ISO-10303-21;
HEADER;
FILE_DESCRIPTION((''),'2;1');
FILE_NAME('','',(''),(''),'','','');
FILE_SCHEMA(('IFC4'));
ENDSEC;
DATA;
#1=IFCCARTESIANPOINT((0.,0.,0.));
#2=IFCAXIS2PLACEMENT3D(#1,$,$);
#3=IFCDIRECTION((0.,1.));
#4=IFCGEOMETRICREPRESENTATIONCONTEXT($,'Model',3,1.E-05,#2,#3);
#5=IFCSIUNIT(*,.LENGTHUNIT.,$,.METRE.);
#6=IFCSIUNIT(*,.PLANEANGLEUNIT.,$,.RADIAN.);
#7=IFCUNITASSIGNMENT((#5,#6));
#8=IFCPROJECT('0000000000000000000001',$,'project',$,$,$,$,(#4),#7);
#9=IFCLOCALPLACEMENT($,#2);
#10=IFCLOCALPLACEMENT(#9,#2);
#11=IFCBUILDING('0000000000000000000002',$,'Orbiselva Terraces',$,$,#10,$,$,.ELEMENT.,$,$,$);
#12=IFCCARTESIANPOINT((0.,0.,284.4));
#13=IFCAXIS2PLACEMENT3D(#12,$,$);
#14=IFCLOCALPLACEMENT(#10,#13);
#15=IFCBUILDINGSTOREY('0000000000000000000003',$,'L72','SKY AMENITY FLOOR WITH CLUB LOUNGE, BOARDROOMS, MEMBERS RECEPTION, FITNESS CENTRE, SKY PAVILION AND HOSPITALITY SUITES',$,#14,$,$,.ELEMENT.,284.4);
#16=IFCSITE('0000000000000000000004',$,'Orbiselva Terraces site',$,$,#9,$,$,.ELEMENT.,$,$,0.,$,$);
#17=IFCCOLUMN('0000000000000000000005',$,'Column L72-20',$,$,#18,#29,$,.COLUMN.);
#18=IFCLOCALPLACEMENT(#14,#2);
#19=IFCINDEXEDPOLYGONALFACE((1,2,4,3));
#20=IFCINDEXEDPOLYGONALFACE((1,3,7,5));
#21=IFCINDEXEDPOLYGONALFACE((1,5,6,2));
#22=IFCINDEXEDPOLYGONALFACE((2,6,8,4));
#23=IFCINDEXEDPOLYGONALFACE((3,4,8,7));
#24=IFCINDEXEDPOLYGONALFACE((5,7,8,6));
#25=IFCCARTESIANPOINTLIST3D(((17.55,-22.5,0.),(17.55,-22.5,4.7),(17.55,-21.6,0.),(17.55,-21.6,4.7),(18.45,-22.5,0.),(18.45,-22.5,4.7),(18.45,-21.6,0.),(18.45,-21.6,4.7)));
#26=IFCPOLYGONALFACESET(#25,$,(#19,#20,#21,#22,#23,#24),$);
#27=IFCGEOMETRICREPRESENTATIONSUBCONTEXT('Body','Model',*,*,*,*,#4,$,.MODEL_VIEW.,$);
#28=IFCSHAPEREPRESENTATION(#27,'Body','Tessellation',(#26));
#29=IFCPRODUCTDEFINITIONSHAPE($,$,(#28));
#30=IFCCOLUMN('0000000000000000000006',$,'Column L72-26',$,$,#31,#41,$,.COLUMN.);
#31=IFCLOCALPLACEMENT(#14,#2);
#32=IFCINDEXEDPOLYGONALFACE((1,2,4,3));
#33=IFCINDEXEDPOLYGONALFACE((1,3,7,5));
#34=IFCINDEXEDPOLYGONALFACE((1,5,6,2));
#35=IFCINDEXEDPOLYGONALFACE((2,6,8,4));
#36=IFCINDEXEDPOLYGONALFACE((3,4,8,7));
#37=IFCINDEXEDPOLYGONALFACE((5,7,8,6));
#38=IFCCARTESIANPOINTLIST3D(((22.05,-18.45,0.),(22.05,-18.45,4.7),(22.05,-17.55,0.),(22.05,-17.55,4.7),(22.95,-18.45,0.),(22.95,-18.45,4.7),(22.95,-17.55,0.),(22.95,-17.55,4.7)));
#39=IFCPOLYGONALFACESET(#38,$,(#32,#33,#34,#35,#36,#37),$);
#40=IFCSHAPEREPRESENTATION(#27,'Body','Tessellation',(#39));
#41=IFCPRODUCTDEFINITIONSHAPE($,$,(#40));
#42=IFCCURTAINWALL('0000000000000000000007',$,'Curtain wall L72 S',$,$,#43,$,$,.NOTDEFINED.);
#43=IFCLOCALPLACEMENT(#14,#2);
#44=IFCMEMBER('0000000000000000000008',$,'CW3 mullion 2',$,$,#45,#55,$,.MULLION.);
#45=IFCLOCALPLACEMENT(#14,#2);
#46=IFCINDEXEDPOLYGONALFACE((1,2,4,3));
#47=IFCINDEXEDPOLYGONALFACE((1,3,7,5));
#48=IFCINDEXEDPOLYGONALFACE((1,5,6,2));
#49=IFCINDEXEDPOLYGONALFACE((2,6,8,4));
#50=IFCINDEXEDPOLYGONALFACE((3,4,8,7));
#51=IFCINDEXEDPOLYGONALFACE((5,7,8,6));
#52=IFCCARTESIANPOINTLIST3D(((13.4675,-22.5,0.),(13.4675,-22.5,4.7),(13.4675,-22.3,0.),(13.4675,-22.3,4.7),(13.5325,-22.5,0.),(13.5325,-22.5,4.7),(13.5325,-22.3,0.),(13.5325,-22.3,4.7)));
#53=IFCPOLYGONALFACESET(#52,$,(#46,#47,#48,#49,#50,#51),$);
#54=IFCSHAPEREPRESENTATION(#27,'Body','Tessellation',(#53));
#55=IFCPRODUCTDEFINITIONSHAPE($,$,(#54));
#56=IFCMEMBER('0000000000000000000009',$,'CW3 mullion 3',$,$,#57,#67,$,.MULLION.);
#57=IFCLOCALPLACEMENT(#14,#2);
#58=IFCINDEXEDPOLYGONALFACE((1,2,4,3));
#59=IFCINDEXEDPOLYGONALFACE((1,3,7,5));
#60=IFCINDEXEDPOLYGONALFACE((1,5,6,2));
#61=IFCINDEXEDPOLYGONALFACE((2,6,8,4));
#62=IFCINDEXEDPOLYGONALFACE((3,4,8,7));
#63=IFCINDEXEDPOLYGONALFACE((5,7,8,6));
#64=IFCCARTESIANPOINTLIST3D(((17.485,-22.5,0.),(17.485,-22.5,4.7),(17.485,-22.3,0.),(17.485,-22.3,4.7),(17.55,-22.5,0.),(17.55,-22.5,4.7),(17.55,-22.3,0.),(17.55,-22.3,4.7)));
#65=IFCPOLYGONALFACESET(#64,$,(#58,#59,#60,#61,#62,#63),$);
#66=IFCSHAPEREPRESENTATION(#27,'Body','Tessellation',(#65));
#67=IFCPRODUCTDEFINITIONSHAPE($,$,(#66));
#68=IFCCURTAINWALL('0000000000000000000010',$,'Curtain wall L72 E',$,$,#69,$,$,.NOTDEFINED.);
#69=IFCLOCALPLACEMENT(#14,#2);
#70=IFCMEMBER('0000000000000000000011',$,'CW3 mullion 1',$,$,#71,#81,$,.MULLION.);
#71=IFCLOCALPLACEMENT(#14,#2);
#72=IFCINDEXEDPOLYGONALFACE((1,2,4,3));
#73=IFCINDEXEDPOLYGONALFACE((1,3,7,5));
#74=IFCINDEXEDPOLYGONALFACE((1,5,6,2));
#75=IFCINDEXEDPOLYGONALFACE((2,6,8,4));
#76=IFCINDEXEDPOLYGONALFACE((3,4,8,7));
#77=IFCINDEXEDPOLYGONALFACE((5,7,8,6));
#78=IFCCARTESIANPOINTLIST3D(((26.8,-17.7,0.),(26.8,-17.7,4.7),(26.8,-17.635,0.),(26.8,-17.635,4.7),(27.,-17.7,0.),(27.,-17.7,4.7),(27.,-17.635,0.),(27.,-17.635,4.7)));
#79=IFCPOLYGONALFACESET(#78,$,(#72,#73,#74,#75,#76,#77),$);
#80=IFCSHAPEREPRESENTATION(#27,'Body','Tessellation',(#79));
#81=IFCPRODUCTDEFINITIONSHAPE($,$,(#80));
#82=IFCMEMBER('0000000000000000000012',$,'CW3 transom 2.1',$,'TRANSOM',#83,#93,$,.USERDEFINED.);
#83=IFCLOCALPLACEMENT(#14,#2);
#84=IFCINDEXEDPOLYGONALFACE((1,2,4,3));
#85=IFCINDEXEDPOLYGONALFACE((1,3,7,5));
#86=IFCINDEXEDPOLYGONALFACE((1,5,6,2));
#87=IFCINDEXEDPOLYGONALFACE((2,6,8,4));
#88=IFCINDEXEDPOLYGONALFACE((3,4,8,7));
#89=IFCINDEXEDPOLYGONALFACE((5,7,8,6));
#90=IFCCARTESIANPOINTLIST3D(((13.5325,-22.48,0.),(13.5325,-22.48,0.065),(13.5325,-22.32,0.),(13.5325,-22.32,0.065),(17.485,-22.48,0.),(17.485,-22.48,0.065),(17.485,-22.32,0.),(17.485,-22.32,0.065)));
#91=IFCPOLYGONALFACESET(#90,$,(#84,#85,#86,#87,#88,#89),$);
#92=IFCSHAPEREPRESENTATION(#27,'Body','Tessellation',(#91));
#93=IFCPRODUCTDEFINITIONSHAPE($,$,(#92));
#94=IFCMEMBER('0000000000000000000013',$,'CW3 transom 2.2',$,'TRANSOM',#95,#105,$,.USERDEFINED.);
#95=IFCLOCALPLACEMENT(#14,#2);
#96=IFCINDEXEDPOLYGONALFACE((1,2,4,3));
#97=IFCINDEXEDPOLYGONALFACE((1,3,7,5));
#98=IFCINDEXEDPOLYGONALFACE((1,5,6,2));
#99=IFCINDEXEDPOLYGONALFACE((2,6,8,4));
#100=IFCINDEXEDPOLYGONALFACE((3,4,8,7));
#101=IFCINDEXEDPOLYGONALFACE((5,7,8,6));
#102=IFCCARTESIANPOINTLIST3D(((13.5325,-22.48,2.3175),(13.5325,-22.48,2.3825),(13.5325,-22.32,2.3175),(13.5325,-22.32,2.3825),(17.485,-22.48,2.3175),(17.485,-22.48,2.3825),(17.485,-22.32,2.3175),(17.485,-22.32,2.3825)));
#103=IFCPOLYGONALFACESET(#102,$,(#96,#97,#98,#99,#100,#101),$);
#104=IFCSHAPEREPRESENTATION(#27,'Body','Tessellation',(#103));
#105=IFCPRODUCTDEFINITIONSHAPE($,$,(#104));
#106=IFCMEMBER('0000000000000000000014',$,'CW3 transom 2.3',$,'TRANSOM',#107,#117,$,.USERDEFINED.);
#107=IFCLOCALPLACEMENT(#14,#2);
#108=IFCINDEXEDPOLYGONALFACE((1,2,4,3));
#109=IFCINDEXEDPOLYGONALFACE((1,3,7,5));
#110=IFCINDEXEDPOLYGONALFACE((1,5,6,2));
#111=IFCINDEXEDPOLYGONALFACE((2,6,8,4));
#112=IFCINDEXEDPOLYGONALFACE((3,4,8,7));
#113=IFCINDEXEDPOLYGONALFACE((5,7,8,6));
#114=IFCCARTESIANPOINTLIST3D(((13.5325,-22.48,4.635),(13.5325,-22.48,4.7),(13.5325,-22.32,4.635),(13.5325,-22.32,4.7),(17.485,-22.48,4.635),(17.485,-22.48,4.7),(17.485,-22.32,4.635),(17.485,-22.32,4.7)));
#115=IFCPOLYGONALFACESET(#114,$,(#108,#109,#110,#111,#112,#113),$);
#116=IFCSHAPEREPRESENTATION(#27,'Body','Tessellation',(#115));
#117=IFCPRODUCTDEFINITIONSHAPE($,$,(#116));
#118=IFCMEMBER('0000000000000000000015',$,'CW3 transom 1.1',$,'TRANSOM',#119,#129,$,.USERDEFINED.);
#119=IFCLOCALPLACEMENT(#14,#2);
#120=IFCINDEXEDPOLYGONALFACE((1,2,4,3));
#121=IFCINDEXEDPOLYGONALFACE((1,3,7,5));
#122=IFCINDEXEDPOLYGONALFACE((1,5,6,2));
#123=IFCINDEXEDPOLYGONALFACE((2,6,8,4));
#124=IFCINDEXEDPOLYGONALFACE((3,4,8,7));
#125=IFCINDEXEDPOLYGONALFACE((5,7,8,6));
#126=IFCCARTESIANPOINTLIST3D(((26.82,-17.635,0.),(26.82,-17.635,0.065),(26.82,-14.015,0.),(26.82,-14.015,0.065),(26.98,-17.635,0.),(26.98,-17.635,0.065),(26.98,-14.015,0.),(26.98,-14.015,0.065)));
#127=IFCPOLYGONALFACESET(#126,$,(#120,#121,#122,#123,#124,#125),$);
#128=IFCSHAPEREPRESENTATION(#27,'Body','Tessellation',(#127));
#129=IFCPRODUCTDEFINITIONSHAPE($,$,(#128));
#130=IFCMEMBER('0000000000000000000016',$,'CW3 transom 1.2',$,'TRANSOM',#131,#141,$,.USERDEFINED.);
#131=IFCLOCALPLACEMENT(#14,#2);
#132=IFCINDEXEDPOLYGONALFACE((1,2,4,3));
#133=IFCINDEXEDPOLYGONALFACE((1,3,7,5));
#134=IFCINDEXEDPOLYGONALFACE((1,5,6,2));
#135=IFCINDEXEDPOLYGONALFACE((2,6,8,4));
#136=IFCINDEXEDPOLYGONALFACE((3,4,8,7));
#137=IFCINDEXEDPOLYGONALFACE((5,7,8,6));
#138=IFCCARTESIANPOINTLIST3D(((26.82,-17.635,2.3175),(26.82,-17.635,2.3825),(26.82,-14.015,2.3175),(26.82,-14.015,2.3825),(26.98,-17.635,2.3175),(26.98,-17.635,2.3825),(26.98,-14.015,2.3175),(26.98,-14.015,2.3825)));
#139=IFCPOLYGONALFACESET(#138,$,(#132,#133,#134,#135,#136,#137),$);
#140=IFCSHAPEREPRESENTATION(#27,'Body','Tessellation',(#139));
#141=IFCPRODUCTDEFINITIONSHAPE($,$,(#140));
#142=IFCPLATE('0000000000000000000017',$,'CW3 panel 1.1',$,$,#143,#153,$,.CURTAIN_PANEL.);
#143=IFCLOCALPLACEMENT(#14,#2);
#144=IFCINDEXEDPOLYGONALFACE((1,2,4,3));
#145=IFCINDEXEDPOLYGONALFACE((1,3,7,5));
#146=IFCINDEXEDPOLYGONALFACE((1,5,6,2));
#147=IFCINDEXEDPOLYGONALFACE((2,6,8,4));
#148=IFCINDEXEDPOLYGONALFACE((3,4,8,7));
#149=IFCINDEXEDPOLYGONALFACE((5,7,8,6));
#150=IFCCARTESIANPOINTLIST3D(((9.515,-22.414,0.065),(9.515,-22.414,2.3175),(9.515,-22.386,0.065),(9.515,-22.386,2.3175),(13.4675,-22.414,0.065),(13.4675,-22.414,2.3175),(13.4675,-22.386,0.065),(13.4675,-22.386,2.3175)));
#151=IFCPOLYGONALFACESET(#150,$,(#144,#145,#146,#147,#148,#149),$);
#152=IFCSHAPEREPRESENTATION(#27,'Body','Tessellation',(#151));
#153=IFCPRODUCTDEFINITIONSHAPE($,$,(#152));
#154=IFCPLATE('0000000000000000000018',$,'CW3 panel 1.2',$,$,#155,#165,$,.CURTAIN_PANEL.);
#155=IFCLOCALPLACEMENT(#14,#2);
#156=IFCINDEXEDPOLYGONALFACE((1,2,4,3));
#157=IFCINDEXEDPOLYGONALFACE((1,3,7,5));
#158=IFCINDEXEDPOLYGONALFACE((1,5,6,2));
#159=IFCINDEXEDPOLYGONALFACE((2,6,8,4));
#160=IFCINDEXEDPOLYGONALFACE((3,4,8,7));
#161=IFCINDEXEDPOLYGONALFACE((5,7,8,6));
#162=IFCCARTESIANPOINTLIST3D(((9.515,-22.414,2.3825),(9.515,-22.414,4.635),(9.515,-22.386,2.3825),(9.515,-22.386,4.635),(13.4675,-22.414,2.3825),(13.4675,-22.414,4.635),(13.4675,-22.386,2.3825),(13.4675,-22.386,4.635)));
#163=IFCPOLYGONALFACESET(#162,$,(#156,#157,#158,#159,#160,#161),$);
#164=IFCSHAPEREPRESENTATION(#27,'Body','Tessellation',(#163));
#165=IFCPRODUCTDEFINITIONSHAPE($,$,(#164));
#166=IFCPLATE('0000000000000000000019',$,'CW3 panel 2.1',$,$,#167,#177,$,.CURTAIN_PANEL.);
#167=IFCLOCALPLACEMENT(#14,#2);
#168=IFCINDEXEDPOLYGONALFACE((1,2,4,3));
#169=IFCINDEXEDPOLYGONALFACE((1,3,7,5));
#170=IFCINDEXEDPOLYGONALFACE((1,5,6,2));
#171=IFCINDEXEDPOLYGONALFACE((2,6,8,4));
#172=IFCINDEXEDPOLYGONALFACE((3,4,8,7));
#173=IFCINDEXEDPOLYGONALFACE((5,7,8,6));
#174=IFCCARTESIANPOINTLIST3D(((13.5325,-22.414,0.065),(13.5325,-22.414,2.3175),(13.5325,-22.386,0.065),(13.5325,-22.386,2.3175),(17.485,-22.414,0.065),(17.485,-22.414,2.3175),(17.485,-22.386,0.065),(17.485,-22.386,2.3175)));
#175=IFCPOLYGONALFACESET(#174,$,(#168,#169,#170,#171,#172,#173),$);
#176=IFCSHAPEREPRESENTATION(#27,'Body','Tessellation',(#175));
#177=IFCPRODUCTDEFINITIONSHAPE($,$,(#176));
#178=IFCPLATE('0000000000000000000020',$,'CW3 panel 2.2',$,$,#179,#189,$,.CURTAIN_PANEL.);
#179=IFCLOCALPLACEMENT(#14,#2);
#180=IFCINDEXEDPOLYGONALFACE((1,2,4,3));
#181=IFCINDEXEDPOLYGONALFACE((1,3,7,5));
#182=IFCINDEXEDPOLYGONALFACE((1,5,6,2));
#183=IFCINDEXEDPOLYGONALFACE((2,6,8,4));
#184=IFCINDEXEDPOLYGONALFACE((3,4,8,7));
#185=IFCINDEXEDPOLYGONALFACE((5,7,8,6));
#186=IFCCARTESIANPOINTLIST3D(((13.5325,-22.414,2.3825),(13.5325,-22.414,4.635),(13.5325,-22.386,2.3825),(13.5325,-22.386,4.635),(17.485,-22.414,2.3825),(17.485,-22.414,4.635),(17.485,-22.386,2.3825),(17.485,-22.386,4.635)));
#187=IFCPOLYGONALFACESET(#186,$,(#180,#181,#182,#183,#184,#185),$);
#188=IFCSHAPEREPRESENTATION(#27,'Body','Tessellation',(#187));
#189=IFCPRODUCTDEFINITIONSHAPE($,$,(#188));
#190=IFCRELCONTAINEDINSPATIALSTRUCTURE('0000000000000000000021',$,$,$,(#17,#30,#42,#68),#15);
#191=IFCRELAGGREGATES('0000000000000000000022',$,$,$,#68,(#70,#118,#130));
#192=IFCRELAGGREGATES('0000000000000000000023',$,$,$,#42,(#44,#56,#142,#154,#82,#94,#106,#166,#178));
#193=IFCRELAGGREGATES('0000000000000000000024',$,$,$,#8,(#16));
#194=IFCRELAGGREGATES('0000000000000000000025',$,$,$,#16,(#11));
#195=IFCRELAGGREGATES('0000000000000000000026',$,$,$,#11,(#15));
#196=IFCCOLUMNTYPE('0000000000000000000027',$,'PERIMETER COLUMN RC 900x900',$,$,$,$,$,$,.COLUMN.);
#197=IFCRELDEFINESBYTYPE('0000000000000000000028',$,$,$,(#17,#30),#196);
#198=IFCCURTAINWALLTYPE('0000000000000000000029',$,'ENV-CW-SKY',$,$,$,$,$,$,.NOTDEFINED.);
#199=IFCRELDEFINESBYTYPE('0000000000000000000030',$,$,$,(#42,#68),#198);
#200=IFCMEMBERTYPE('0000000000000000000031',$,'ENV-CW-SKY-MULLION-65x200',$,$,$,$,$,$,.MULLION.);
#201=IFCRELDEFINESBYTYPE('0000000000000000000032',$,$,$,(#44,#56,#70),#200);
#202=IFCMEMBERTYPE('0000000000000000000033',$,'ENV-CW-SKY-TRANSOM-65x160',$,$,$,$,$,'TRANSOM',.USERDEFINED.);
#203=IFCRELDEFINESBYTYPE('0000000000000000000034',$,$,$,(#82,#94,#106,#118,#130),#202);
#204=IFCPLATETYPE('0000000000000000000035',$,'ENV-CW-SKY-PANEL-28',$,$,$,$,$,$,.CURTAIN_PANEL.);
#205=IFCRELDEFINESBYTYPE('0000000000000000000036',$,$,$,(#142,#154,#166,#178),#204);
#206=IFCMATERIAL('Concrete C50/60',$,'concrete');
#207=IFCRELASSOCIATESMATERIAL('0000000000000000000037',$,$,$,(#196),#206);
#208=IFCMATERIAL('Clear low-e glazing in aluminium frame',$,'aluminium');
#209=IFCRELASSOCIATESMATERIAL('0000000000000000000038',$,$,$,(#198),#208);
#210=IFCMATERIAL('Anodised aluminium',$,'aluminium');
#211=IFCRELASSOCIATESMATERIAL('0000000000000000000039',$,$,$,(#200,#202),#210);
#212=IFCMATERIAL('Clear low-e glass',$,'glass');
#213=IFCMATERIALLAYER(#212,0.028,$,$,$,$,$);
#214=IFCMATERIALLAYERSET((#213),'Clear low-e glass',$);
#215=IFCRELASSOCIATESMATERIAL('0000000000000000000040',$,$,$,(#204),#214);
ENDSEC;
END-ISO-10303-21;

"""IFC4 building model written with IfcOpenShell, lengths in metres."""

from ifc_helpers import new_model, si_unit, direction, frame, origin, origin_2d, place, context, subcontext, project, spatial, rectangle, extrude, material, layer, layer_set, material_profile, profile_set, type_object, element, aggregate, save


model = new_model("IFC4")

# Units and contexts
model_context = context("Model", 3, precision=1e-05, world=origin(), true_north=direction((0.0, 1.0)))
body_context = subcontext(model_context, "Body", "Model", "MODEL_VIEW")
ifc_project = project(units=[si_unit("LENGTHUNIT", "METRE"), si_unit("PLANEANGLEUNIT", "RADIAN")], contexts=[model_context])

# Site, building, storey
site_placement = place(None, origin())
site = spatial("IfcSite", under=ifc_project, at=site_placement, Name="Orbiselva Terraces site", CompositionType="ELEMENT", RefElevation=0.0)
building_placement = place(site_placement, origin())
building = spatial("IfcBuilding", under=site, at=building_placement, Name="Orbiselva Terraces", CompositionType="ELEMENT")
storey_placement = place(building_placement, frame((0.0, 0.0, 284.4)))
storey = spatial("IfcBuildingStorey", under=building, at=storey_placement, Name="L72", Description="SKY AMENITY FLOOR WITH CLUB LOUNGE, BOARDROOMS, MEMBERS RECEPTION, FITNESS CENTRE, SKY PAVILION AND HOSPITALITY SUITES", CompositionType="ELEMENT", Elevation=284.4)

# Columns
ifc_material_1 = material(Name="Concrete C50/60", Category="concrete")
ifc_material_profile_1 = material_profile(ifc_material_1, rectangle(XDim=0.9, YDim=0.9, at=origin_2d()), Name="RC 900x900")
ifc_profile_set_1 = profile_set([ifc_material_profile_1], Name="Concrete C50/60")
column_type = type_object("IfcColumnType", Name="PERIMETER COLUMN RC 900x900", PredefinedType="COLUMN", material=ifc_profile_set_1)
for number, where, z_axis, x_axis, name in (
    (1, (18.0, -22.05, 0.0), (0.0, 0.0, 1.0), (1.0, 0.0, 0.0), "Column L72-20"),
    (2, (22.5, -18.0, 0.0), (0.0, 0.0, 1.0), (1.0, 0.0, 0.0), "Column L72-26"),
):
    element("IfcColumn", number, at=place(storey_placement, frame(where, z_axis=z_axis, x_axis=x_axis)), inside=storey, type_object=column_type, Name=name, PredefinedType="COLUMN", context=body_context, shape_type="SweptSolid", body=[
        extrude(rectangle(XDim=0.9, YDim=0.9, at=origin_2d()), origin(), (0.0, 0.0, 1.0), 4.7),
    ])

# Curtain wall, members
ifc_material_2 = material(Name="Clear low-e glazing in aluminium frame", Category="aluminium")
curtain_wall_type = type_object("IfcCurtainWallType", Name="ENV-CW-SKY", PredefinedType="NOTDEFINED", material=ifc_material_2)
curtain_wall_1_placement = place(storey_placement, origin())
curtain_wall_1 = element("IfcCurtainWall", 3, at=curtain_wall_1_placement, inside=storey, type_object=curtain_wall_type, Name="Curtain wall L72 S", PredefinedType="NOTDEFINED")
ifc_material_3 = material(Name="Anodised aluminium", Category="aluminium")
ifc_material_profile_2 = material_profile(ifc_material_3, rectangle(XDim=0.2, YDim=0.065, at=origin_2d()), Name="AL 65x200")
ifc_profile_set_2 = profile_set([ifc_material_profile_2], Name="Anodised aluminium")
member_type_1 = type_object("IfcMemberType", Name="ENV-CW-SKY-MULLION-65x200", PredefinedType="MULLION", material=ifc_profile_set_2)
member_1_placement = place(storey_placement, frame((13.5, -22.4, 0.0), z_axis=(0.0, 0.0, 1.0), x_axis=(0.0, 1.0, 0.0)))
member_1 = element("IfcMember", 4, at=member_1_placement, type_object=member_type_1, Name="CW3 mullion 2", PredefinedType="MULLION", context=body_context, shape_type="SweptSolid", body=[
    extrude(rectangle(XDim=0.2, YDim=0.065, at=origin_2d()), origin(), (0.0, 0.0, 1.0), 4.7),
])
member_2_placement = place(storey_placement, frame((17.5175, -22.4, 0.0), z_axis=(0.0, 0.0, 1.0), x_axis=(0.0, 1.0, 0.0)))
member_2 = element("IfcMember", 5, at=member_2_placement, type_object=member_type_1, Name="CW3 mullion 3", PredefinedType="MULLION", context=body_context, shape_type="SweptSolid", body=[
    extrude(rectangle(XDim=0.2, YDim=0.065, at=origin_2d()), origin(), (0.0, 0.0, 1.0), 4.7),
])

# Curtain wall, member
curtain_wall_2_placement = place(storey_placement, origin())
curtain_wall_2 = element("IfcCurtainWall", 6, at=curtain_wall_2_placement, inside=storey, type_object=curtain_wall_type, Name="Curtain wall L72 E", PredefinedType="NOTDEFINED")
member_3_placement = place(storey_placement, frame((26.9, -17.6675, 0.0), z_axis=(0.0, 0.0, 1.0), x_axis=(-1.0, 0.0, 0.0)))
member_3 = element("IfcMember", 7, at=member_3_placement, type_object=member_type_1, Name="CW3 mullion 1", PredefinedType="MULLION", context=body_context, shape_type="SweptSolid", body=[
    extrude(rectangle(XDim=0.2, YDim=0.065, at=origin_2d()), origin(), (0.0, 0.0, 1.0), 4.7),
])

# Members
ifc_material_profile_3 = material_profile(ifc_material_3, rectangle(XDim=0.16, YDim=0.065, at=origin_2d()), Name="AL 65x160")
ifc_profile_set_3 = profile_set([ifc_material_profile_3], Name="Anodised aluminium")
member_type_2 = type_object("IfcMemberType", Name="ENV-CW-SKY-TRANSOM-65x160", ElementType="TRANSOM", PredefinedType="USERDEFINED", material=ifc_profile_set_3)
member_4_placement = place(storey_placement, frame((13.5325, -22.4, 0.0325), z_axis=(1.0, 0.0, 0.0), x_axis=(0.0, 1.0, 0.0)))
member_4 = element("IfcMember", 8, at=member_4_placement, type_object=member_type_2, Name="CW3 transom 2.1", ObjectType="TRANSOM", PredefinedType="USERDEFINED", context=body_context, shape_type="SweptSolid", body=[
    extrude(rectangle(XDim=0.16, YDim=0.065, at=origin_2d()), origin(), (0.0, 0.0, 1.0), 3.9525),
])
member_5_placement = place(storey_placement, frame((13.5325, -22.4, 2.35), z_axis=(1.0, 0.0, 0.0), x_axis=(0.0, 1.0, 0.0)))
member_5 = element("IfcMember", 9, at=member_5_placement, type_object=member_type_2, Name="CW3 transom 2.2", ObjectType="TRANSOM", PredefinedType="USERDEFINED", context=body_context, shape_type="SweptSolid", body=[
    extrude(rectangle(XDim=0.16, YDim=0.065, at=origin_2d()), origin(), (0.0, 0.0, 1.0), 3.9525),
])
member_6_placement = place(storey_placement, frame((13.5325, -22.4, 4.6675), z_axis=(1.0, 0.0, 0.0), x_axis=(0.0, 1.0, 0.0)))
member_6 = element("IfcMember", 10, at=member_6_placement, type_object=member_type_2, Name="CW3 transom 2.3", ObjectType="TRANSOM", PredefinedType="USERDEFINED", context=body_context, shape_type="SweptSolid", body=[
    extrude(rectangle(XDim=0.16, YDim=0.065, at=origin_2d()), origin(), (0.0, 0.0, 1.0), 3.9525),
])
member_7_placement = place(storey_placement, frame((26.9, -17.635, 0.0325), z_axis=(0.0, 1.0, 0.0), x_axis=(-1.0, 0.0, 0.0)))
member_7 = element("IfcMember", 11, at=member_7_placement, type_object=member_type_2, Name="CW3 transom 1.1", ObjectType="TRANSOM", PredefinedType="USERDEFINED", context=body_context, shape_type="SweptSolid", body=[
    extrude(rectangle(XDim=0.16, YDim=0.065, at=origin_2d()), origin(), (0.0, 0.0, 1.0), 3.62),
])
member_8_placement = place(storey_placement, frame((26.9, -17.635, 2.35), z_axis=(0.0, 1.0, 0.0), x_axis=(-1.0, 0.0, 0.0)))
member_8 = element("IfcMember", 12, at=member_8_placement, type_object=member_type_2, Name="CW3 transom 1.2", ObjectType="TRANSOM", PredefinedType="USERDEFINED", context=body_context, shape_type="SweptSolid", body=[
    extrude(rectangle(XDim=0.16, YDim=0.065, at=origin_2d()), origin(), (0.0, 0.0, 1.0), 3.62),
])
aggregate(curtain_wall_2, [member_3, member_7, member_8])

# Plates
ifc_material_4 = material(Name="Clear low-e glass", Category="glass")
ifc_layer_1 = layer(ifc_material_4, 0.028)
ifc_layer_set_1 = layer_set([ifc_layer_1], Name="Clear low-e glass")
plate_type = type_object("IfcPlateType", Name="ENV-CW-SKY-PANEL-28", PredefinedType="CURTAIN_PANEL", material=ifc_layer_set_1)
plate_1_placement = place(storey_placement, frame((11.4913, -22.4, 0.065), z_axis=(0.0, 0.0, 1.0), x_axis=(1.0, 0.0, 0.0)))
plate_1 = element("IfcPlate", 13, at=plate_1_placement, type_object=plate_type, Name="CW3 panel 1.1", PredefinedType="CURTAIN_PANEL", context=body_context, shape_type="SweptSolid", body=[
    extrude(rectangle(XDim=3.9525, YDim=0.028, at=origin_2d()), origin(), (0.0, 0.0, 1.0), 2.2525),
])
plate_2_placement = place(storey_placement, frame((11.4913, -22.4, 2.3825), z_axis=(0.0, 0.0, 1.0), x_axis=(1.0, 0.0, 0.0)))
plate_2 = element("IfcPlate", 14, at=plate_2_placement, type_object=plate_type, Name="CW3 panel 1.2", PredefinedType="CURTAIN_PANEL", context=body_context, shape_type="SweptSolid", body=[
    extrude(rectangle(XDim=3.9525, YDim=0.028, at=origin_2d()), origin(), (0.0, 0.0, 1.0), 2.2525),
])
plate_3_placement = place(storey_placement, frame((15.5087, -22.4, 0.065), z_axis=(0.0, 0.0, 1.0), x_axis=(1.0, 0.0, 0.0)))
plate_3 = element("IfcPlate", 15, at=plate_3_placement, type_object=plate_type, Name="CW3 panel 2.1", PredefinedType="CURTAIN_PANEL", context=body_context, shape_type="SweptSolid", body=[
    extrude(rectangle(XDim=3.9525, YDim=0.028, at=origin_2d()), origin(), (0.0, 0.0, 1.0), 2.2525),
])
plate_4_placement = place(storey_placement, frame((15.5087, -22.4, 2.3825), z_axis=(0.0, 0.0, 1.0), x_axis=(1.0, 0.0, 0.0)))
plate_4 = element("IfcPlate", 16, at=plate_4_placement, type_object=plate_type, Name="CW3 panel 2.2", PredefinedType="CURTAIN_PANEL", context=body_context, shape_type="SweptSolid", body=[
    extrude(rectangle(XDim=3.9525, YDim=0.028, at=origin_2d()), origin(), (0.0, 0.0, 1.0), 2.2525),
])
aggregate(curtain_wall_1, [member_1, member_2, plate_1, plate_2, member_4, member_5, member_6, plate_3, plate_4])

save(model, "model.ifc")
